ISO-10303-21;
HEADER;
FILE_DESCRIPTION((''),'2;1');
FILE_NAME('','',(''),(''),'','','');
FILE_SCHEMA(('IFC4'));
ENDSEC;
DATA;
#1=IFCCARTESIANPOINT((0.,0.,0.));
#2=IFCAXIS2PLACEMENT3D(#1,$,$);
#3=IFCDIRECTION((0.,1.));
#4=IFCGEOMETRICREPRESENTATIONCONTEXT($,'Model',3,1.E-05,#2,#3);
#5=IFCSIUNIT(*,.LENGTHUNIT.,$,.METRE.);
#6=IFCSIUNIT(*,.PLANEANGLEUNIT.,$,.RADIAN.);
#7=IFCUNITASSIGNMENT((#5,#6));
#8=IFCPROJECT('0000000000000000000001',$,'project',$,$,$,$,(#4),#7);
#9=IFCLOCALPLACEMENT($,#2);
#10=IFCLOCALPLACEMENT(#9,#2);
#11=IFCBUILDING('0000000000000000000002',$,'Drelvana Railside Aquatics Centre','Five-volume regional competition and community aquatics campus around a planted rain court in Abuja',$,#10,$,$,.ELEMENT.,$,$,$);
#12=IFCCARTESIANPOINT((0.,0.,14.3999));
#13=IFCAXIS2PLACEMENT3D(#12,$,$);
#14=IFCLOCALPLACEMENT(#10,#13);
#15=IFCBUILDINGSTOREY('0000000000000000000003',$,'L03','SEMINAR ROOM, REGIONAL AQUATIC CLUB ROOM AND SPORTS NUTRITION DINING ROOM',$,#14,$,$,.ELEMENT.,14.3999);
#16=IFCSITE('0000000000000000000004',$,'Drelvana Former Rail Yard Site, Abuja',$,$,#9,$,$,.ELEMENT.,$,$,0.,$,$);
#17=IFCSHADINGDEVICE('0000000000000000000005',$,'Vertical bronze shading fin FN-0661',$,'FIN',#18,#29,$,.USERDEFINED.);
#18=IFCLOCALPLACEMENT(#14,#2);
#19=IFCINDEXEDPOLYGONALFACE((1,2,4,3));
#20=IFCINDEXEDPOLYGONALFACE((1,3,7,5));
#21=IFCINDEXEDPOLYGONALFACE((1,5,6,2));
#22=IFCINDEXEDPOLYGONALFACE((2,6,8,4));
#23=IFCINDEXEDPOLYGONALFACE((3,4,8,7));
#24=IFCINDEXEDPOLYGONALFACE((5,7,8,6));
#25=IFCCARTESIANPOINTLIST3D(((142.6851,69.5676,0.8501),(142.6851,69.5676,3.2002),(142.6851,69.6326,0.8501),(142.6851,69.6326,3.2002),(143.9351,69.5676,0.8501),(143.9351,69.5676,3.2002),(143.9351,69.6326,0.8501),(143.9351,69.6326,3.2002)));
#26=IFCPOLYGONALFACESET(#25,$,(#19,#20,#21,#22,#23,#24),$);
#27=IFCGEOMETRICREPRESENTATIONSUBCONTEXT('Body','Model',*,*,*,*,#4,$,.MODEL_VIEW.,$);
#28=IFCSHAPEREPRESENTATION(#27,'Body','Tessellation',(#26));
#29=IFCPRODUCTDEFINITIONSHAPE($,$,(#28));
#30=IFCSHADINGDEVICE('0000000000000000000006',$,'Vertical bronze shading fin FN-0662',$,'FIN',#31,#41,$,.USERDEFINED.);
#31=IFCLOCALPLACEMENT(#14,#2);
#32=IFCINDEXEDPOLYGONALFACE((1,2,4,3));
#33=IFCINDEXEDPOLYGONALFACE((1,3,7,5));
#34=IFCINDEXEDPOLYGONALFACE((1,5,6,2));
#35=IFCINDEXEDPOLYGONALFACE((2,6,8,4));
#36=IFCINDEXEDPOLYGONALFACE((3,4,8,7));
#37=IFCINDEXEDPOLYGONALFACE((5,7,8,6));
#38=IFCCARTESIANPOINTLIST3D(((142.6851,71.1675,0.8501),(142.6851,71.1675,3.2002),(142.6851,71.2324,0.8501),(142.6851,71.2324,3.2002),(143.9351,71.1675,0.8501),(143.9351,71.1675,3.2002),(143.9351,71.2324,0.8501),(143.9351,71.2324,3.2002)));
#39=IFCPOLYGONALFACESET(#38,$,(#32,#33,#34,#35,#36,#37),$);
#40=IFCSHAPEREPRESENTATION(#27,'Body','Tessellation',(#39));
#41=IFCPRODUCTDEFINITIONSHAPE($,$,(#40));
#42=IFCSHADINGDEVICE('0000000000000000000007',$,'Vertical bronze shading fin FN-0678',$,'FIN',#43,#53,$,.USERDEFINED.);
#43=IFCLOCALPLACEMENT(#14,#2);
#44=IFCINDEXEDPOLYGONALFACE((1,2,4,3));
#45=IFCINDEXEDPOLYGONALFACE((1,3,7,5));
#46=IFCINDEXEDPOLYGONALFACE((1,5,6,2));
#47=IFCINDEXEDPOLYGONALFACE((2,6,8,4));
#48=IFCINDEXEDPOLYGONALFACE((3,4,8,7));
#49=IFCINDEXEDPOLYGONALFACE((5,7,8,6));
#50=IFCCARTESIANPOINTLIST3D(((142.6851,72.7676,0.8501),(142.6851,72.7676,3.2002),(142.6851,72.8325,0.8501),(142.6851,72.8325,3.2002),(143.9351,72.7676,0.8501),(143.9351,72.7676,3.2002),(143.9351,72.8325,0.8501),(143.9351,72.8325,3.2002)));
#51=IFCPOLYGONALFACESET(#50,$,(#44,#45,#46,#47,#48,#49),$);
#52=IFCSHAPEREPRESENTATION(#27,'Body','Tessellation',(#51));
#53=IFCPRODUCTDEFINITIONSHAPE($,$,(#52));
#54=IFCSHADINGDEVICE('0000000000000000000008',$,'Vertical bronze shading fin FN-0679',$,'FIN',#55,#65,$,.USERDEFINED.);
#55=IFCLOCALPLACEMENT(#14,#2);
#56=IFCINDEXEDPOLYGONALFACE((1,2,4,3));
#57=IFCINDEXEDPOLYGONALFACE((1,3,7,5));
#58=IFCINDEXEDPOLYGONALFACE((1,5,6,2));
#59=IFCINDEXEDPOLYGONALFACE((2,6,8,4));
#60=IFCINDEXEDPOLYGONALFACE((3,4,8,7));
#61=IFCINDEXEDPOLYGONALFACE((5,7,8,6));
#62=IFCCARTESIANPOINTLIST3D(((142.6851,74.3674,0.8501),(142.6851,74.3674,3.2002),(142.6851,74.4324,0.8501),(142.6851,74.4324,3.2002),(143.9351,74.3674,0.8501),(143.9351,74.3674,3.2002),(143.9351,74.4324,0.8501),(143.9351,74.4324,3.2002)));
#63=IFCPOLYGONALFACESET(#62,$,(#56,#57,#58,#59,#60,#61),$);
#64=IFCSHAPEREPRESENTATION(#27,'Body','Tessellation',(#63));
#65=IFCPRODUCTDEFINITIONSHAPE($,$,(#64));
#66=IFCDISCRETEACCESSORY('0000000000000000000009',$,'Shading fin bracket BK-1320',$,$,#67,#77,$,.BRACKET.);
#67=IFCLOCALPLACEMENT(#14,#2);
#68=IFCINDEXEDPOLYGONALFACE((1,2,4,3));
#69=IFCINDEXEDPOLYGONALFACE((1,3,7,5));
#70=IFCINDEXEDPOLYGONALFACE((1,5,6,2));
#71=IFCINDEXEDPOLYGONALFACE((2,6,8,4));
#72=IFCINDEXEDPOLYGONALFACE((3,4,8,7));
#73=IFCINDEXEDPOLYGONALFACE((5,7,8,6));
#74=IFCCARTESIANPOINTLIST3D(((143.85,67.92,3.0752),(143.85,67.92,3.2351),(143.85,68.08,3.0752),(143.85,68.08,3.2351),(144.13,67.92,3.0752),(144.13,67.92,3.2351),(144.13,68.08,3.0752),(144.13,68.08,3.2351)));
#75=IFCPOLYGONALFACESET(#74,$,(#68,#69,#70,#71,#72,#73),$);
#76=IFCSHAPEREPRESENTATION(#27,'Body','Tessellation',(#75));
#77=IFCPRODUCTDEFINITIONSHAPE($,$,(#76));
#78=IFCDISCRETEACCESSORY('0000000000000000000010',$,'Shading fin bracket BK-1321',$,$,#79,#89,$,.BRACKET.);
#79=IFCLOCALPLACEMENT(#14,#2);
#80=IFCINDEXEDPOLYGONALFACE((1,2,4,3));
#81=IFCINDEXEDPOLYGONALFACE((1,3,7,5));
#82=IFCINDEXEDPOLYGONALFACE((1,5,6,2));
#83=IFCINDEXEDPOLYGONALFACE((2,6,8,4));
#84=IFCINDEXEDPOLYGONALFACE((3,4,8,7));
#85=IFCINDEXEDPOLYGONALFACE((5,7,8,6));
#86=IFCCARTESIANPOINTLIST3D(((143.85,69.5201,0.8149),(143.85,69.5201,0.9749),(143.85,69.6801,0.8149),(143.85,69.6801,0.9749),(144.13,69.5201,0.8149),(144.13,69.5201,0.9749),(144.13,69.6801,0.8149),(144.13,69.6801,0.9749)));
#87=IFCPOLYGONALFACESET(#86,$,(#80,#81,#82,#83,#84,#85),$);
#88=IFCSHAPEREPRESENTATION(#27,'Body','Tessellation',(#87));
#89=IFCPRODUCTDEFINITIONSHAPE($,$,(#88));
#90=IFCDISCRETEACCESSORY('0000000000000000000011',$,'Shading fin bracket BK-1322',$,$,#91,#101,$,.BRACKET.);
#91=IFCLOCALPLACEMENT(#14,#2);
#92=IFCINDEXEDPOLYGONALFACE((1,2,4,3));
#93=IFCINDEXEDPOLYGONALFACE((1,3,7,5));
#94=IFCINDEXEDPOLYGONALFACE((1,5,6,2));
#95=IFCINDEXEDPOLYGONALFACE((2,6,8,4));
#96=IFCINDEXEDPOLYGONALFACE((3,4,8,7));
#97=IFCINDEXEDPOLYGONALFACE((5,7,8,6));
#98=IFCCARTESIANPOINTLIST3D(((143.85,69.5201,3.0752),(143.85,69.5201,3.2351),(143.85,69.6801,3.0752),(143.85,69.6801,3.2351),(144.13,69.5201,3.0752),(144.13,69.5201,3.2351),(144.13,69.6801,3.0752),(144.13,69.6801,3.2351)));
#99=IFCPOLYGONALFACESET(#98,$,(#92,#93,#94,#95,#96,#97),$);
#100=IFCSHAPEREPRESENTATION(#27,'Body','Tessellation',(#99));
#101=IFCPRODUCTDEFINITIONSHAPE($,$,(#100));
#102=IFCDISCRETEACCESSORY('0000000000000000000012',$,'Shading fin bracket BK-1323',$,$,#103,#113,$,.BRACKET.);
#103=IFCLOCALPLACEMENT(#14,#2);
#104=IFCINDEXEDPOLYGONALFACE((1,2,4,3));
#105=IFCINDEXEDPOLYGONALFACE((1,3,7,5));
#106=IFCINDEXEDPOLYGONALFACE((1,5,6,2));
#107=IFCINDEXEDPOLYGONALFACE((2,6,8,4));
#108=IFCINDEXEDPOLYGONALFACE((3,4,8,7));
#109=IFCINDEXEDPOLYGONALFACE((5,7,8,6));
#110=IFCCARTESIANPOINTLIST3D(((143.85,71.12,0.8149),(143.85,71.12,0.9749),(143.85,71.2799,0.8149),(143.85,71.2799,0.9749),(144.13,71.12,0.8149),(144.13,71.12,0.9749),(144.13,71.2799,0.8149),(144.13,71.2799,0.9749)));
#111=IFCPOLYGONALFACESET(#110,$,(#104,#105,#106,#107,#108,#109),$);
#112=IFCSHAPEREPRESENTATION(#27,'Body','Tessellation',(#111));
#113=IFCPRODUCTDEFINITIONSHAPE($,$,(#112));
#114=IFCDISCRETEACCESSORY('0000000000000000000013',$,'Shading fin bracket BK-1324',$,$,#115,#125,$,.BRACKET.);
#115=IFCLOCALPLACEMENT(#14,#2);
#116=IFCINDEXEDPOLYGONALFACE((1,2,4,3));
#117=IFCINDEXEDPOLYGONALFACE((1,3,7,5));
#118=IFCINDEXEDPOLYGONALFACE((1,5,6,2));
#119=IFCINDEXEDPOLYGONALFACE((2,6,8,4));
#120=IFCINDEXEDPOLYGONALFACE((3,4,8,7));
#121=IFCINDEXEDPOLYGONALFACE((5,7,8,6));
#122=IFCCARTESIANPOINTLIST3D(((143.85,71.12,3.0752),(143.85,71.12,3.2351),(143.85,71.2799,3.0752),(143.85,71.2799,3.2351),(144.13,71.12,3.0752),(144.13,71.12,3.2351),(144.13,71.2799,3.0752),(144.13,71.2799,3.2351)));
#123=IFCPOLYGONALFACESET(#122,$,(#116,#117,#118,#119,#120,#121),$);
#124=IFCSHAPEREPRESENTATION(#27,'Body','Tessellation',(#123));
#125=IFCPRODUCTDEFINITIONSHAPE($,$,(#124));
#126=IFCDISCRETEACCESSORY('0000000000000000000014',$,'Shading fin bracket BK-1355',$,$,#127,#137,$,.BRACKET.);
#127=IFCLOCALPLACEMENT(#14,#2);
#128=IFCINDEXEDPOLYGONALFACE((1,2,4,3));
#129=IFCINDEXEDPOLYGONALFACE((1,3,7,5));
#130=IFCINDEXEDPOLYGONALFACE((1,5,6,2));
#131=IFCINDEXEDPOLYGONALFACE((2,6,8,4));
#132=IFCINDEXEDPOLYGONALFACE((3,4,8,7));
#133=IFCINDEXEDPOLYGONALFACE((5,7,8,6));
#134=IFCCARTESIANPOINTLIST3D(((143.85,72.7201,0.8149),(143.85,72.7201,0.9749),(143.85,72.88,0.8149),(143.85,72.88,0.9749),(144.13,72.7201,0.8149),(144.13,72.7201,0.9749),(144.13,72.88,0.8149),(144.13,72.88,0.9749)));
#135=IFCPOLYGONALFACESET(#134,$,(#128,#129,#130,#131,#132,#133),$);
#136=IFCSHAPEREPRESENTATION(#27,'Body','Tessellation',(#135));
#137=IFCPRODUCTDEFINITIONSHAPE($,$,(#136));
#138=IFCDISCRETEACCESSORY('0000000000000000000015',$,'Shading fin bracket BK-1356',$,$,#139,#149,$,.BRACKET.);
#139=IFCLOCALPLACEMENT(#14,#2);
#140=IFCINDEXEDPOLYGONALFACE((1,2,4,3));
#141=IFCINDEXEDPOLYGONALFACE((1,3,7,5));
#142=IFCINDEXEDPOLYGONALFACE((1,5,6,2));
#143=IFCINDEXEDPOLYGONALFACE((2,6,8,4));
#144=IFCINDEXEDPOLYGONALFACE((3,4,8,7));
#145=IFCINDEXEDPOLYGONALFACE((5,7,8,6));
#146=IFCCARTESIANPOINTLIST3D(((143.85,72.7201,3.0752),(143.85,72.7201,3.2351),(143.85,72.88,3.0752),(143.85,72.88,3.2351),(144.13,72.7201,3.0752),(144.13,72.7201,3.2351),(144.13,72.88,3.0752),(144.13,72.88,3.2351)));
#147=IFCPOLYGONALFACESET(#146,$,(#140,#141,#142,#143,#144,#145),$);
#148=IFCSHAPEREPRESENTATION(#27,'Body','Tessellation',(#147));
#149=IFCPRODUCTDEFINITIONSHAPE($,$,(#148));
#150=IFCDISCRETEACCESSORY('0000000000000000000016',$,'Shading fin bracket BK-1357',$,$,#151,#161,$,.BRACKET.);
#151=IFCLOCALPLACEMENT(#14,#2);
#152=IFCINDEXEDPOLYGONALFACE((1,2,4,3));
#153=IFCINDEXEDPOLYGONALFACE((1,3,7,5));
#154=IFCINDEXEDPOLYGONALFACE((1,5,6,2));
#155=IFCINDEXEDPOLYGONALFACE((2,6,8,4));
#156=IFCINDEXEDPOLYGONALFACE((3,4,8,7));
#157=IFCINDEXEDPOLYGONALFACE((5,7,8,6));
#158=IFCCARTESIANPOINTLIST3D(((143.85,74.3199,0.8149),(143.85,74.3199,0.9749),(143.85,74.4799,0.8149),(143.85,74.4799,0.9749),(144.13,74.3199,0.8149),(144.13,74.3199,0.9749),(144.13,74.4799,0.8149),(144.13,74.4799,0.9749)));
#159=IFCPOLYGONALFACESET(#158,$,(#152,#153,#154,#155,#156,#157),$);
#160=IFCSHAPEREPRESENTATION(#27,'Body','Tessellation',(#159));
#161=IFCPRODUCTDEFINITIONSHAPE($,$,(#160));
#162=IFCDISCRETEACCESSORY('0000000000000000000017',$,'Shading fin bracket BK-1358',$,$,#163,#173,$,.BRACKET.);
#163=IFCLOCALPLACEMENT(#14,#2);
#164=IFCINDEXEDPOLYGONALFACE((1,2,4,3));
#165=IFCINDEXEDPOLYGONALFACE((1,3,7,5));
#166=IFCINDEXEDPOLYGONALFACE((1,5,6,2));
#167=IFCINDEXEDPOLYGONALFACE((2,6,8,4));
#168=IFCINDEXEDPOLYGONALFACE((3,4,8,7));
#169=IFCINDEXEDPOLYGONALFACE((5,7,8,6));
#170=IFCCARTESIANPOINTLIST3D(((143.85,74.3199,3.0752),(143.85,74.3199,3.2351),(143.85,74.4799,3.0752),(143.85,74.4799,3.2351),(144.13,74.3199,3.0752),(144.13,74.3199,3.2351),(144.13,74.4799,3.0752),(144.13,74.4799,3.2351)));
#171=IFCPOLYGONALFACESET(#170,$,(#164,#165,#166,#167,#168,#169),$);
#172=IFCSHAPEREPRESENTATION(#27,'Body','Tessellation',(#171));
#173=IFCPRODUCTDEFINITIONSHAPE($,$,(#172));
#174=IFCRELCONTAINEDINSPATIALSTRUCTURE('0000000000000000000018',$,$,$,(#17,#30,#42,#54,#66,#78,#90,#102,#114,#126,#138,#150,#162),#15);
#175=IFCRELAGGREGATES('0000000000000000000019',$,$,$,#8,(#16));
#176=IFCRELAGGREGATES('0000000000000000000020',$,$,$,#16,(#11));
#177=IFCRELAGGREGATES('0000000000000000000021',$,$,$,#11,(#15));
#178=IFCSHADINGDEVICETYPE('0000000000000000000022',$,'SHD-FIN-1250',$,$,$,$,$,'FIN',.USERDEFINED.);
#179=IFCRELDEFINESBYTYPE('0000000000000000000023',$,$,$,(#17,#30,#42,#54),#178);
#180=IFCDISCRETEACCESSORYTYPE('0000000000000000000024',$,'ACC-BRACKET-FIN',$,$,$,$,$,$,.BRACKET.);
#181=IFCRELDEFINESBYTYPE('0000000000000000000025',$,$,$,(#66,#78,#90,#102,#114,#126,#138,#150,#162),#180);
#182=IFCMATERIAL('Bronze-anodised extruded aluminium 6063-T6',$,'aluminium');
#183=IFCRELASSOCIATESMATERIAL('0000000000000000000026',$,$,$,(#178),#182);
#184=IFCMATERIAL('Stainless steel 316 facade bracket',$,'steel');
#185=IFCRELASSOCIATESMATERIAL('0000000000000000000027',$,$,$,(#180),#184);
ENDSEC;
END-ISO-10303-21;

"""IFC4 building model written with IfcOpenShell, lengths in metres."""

from ifc_helpers import new_model, si_unit, direction, frame, origin, origin_2d, place, context, subcontext, project, spatial, rectangle, extrude, material, type_object, element, save


model = new_model("IFC4")

# Units and contexts
model_context = context("Model", 3, precision=1e-05, world=origin(), true_north=direction((0.0, 1.0)))
body_context = subcontext(model_context, "Body", "Model", "MODEL_VIEW")
ifc_project = project(units=[si_unit("LENGTHUNIT", "METRE"), si_unit("PLANEANGLEUNIT", "RADIAN")], contexts=[model_context])

# Site, building, storey
site_placement = place(None, origin())
site = spatial("IfcSite", under=ifc_project, at=site_placement, Name="Drelvana Former Rail Yard Site, Abuja", CompositionType="ELEMENT", RefElevation=0.0)
building_placement = place(site_placement, origin())
building = spatial("IfcBuilding", under=site, at=building_placement, Name="Drelvana Railside Aquatics Centre", Description="Five-volume regional competition and community aquatics campus around a planted rain court in Abuja", CompositionType="ELEMENT")
storey_placement = place(building_placement, frame((0.0, 0.0, 14.3999)))
storey = spatial("IfcBuildingStorey", under=building, at=storey_placement, Name="L03", Description="SEMINAR ROOM, REGIONAL AQUATIC CLUB ROOM AND SPORTS NUTRITION DINING ROOM", CompositionType="ELEMENT", Elevation=14.3999)

# Shared definitions
ifc_material_1 = material(Name="Bronze-anodised extruded aluminium 6063-T6", Category="aluminium")

# Shading devices
shading_device_type = type_object("IfcShadingDeviceType", Name="SHD-FIN-1250", ElementType="FIN", PredefinedType="USERDEFINED", material=ifc_material_1)
for number, where, z_axis, x_axis, name in (
    (1, (143.3101, 69.6001, 0.8501), (0.0, 0.0, 1.0), (-1.0, 0.0, 0.0), "Vertical bronze shading fin FN-0661"),
    (2, (143.3101, 71.2, 0.8501), (0.0, 0.0, 1.0), (-1.0, 0.0, 0.0), "Vertical bronze shading fin FN-0662"),
    (3, (143.3101, 72.8, 0.8501), (0.0, 0.0, 1.0), (-1.0, 0.0, 0.0), "Vertical bronze shading fin FN-0678"),
    (4, (143.3101, 74.3999, 0.8501), (0.0, 0.0, 1.0), (-1.0, 0.0, 0.0), "Vertical bronze shading fin FN-0679"),
):
    element("IfcShadingDevice", number, at=place(storey_placement, frame(where, z_axis=z_axis, x_axis=x_axis)), inside=storey, type_object=shading_device_type, Name=name, ObjectType="FIN", PredefinedType="USERDEFINED", context=body_context, shape_type="SweptSolid", body=[
        extrude(rectangle(XDim=1.25, YDim=0.0649, at=origin_2d()), origin(), (0.0, 0.0, 1.0), 2.3501),
    ])

# Discrete accessories
ifc_material_2 = material(Name="Stainless steel 316 facade bracket", Category="steel")
discrete_accessory_type = type_object("IfcDiscreteAccessoryType", Name="ACC-BRACKET-FIN", PredefinedType="BRACKET", material=ifc_material_2)
for number, where, z_axis, x_axis, name in (
    (5, (143.99, 68.0, 3.0752), (0.0, 0.0, 1.0), (-1.0, 0.0, 0.0), "Shading fin bracket BK-1320"),
    (6, (143.99, 69.6001, 0.8149), (0.0, 0.0, 1.0), (-1.0, 0.0, 0.0), "Shading fin bracket BK-1321"),
    (7, (143.99, 69.6001, 3.0752), (0.0, 0.0, 1.0), (-1.0, 0.0, 0.0), "Shading fin bracket BK-1322"),
    (8, (143.99, 71.2, 0.8149), (0.0, 0.0, 1.0), (-1.0, 0.0, 0.0), "Shading fin bracket BK-1323"),
    (9, (143.99, 71.2, 3.0752), (0.0, 0.0, 1.0), (-1.0, 0.0, 0.0), "Shading fin bracket BK-1324"),
    (10, (143.99, 72.8, 0.8149), (0.0, 0.0, 1.0), (-1.0, 0.0, 0.0), "Shading fin bracket BK-1355"),
    (11, (143.99, 72.8, 3.0752), (0.0, 0.0, 1.0), (-1.0, 0.0, 0.0), "Shading fin bracket BK-1356"),
    (12, (143.99, 74.3999, 0.8149), (0.0, 0.0, 1.0), (-1.0, 0.0, 0.0), "Shading fin bracket BK-1357"),
    (13, (143.99, 74.3999, 3.0752), (0.0, 0.0, 1.0), (-1.0, 0.0, 0.0), "Shading fin bracket BK-1358"),
):
    element("IfcDiscreteAccessory", number, at=place(storey_placement, frame(where, z_axis=z_axis, x_axis=x_axis)), inside=storey, type_object=discrete_accessory_type, Name=name, PredefinedType="BRACKET", context=body_context, shape_type="SweptSolid", body=[
        extrude(rectangle(XDim=0.28, YDim=0.1599, at=origin_2d()), origin(), (0.0, 0.0, 1.0), 0.1599),
    ])

save(model, "model.ifc")
